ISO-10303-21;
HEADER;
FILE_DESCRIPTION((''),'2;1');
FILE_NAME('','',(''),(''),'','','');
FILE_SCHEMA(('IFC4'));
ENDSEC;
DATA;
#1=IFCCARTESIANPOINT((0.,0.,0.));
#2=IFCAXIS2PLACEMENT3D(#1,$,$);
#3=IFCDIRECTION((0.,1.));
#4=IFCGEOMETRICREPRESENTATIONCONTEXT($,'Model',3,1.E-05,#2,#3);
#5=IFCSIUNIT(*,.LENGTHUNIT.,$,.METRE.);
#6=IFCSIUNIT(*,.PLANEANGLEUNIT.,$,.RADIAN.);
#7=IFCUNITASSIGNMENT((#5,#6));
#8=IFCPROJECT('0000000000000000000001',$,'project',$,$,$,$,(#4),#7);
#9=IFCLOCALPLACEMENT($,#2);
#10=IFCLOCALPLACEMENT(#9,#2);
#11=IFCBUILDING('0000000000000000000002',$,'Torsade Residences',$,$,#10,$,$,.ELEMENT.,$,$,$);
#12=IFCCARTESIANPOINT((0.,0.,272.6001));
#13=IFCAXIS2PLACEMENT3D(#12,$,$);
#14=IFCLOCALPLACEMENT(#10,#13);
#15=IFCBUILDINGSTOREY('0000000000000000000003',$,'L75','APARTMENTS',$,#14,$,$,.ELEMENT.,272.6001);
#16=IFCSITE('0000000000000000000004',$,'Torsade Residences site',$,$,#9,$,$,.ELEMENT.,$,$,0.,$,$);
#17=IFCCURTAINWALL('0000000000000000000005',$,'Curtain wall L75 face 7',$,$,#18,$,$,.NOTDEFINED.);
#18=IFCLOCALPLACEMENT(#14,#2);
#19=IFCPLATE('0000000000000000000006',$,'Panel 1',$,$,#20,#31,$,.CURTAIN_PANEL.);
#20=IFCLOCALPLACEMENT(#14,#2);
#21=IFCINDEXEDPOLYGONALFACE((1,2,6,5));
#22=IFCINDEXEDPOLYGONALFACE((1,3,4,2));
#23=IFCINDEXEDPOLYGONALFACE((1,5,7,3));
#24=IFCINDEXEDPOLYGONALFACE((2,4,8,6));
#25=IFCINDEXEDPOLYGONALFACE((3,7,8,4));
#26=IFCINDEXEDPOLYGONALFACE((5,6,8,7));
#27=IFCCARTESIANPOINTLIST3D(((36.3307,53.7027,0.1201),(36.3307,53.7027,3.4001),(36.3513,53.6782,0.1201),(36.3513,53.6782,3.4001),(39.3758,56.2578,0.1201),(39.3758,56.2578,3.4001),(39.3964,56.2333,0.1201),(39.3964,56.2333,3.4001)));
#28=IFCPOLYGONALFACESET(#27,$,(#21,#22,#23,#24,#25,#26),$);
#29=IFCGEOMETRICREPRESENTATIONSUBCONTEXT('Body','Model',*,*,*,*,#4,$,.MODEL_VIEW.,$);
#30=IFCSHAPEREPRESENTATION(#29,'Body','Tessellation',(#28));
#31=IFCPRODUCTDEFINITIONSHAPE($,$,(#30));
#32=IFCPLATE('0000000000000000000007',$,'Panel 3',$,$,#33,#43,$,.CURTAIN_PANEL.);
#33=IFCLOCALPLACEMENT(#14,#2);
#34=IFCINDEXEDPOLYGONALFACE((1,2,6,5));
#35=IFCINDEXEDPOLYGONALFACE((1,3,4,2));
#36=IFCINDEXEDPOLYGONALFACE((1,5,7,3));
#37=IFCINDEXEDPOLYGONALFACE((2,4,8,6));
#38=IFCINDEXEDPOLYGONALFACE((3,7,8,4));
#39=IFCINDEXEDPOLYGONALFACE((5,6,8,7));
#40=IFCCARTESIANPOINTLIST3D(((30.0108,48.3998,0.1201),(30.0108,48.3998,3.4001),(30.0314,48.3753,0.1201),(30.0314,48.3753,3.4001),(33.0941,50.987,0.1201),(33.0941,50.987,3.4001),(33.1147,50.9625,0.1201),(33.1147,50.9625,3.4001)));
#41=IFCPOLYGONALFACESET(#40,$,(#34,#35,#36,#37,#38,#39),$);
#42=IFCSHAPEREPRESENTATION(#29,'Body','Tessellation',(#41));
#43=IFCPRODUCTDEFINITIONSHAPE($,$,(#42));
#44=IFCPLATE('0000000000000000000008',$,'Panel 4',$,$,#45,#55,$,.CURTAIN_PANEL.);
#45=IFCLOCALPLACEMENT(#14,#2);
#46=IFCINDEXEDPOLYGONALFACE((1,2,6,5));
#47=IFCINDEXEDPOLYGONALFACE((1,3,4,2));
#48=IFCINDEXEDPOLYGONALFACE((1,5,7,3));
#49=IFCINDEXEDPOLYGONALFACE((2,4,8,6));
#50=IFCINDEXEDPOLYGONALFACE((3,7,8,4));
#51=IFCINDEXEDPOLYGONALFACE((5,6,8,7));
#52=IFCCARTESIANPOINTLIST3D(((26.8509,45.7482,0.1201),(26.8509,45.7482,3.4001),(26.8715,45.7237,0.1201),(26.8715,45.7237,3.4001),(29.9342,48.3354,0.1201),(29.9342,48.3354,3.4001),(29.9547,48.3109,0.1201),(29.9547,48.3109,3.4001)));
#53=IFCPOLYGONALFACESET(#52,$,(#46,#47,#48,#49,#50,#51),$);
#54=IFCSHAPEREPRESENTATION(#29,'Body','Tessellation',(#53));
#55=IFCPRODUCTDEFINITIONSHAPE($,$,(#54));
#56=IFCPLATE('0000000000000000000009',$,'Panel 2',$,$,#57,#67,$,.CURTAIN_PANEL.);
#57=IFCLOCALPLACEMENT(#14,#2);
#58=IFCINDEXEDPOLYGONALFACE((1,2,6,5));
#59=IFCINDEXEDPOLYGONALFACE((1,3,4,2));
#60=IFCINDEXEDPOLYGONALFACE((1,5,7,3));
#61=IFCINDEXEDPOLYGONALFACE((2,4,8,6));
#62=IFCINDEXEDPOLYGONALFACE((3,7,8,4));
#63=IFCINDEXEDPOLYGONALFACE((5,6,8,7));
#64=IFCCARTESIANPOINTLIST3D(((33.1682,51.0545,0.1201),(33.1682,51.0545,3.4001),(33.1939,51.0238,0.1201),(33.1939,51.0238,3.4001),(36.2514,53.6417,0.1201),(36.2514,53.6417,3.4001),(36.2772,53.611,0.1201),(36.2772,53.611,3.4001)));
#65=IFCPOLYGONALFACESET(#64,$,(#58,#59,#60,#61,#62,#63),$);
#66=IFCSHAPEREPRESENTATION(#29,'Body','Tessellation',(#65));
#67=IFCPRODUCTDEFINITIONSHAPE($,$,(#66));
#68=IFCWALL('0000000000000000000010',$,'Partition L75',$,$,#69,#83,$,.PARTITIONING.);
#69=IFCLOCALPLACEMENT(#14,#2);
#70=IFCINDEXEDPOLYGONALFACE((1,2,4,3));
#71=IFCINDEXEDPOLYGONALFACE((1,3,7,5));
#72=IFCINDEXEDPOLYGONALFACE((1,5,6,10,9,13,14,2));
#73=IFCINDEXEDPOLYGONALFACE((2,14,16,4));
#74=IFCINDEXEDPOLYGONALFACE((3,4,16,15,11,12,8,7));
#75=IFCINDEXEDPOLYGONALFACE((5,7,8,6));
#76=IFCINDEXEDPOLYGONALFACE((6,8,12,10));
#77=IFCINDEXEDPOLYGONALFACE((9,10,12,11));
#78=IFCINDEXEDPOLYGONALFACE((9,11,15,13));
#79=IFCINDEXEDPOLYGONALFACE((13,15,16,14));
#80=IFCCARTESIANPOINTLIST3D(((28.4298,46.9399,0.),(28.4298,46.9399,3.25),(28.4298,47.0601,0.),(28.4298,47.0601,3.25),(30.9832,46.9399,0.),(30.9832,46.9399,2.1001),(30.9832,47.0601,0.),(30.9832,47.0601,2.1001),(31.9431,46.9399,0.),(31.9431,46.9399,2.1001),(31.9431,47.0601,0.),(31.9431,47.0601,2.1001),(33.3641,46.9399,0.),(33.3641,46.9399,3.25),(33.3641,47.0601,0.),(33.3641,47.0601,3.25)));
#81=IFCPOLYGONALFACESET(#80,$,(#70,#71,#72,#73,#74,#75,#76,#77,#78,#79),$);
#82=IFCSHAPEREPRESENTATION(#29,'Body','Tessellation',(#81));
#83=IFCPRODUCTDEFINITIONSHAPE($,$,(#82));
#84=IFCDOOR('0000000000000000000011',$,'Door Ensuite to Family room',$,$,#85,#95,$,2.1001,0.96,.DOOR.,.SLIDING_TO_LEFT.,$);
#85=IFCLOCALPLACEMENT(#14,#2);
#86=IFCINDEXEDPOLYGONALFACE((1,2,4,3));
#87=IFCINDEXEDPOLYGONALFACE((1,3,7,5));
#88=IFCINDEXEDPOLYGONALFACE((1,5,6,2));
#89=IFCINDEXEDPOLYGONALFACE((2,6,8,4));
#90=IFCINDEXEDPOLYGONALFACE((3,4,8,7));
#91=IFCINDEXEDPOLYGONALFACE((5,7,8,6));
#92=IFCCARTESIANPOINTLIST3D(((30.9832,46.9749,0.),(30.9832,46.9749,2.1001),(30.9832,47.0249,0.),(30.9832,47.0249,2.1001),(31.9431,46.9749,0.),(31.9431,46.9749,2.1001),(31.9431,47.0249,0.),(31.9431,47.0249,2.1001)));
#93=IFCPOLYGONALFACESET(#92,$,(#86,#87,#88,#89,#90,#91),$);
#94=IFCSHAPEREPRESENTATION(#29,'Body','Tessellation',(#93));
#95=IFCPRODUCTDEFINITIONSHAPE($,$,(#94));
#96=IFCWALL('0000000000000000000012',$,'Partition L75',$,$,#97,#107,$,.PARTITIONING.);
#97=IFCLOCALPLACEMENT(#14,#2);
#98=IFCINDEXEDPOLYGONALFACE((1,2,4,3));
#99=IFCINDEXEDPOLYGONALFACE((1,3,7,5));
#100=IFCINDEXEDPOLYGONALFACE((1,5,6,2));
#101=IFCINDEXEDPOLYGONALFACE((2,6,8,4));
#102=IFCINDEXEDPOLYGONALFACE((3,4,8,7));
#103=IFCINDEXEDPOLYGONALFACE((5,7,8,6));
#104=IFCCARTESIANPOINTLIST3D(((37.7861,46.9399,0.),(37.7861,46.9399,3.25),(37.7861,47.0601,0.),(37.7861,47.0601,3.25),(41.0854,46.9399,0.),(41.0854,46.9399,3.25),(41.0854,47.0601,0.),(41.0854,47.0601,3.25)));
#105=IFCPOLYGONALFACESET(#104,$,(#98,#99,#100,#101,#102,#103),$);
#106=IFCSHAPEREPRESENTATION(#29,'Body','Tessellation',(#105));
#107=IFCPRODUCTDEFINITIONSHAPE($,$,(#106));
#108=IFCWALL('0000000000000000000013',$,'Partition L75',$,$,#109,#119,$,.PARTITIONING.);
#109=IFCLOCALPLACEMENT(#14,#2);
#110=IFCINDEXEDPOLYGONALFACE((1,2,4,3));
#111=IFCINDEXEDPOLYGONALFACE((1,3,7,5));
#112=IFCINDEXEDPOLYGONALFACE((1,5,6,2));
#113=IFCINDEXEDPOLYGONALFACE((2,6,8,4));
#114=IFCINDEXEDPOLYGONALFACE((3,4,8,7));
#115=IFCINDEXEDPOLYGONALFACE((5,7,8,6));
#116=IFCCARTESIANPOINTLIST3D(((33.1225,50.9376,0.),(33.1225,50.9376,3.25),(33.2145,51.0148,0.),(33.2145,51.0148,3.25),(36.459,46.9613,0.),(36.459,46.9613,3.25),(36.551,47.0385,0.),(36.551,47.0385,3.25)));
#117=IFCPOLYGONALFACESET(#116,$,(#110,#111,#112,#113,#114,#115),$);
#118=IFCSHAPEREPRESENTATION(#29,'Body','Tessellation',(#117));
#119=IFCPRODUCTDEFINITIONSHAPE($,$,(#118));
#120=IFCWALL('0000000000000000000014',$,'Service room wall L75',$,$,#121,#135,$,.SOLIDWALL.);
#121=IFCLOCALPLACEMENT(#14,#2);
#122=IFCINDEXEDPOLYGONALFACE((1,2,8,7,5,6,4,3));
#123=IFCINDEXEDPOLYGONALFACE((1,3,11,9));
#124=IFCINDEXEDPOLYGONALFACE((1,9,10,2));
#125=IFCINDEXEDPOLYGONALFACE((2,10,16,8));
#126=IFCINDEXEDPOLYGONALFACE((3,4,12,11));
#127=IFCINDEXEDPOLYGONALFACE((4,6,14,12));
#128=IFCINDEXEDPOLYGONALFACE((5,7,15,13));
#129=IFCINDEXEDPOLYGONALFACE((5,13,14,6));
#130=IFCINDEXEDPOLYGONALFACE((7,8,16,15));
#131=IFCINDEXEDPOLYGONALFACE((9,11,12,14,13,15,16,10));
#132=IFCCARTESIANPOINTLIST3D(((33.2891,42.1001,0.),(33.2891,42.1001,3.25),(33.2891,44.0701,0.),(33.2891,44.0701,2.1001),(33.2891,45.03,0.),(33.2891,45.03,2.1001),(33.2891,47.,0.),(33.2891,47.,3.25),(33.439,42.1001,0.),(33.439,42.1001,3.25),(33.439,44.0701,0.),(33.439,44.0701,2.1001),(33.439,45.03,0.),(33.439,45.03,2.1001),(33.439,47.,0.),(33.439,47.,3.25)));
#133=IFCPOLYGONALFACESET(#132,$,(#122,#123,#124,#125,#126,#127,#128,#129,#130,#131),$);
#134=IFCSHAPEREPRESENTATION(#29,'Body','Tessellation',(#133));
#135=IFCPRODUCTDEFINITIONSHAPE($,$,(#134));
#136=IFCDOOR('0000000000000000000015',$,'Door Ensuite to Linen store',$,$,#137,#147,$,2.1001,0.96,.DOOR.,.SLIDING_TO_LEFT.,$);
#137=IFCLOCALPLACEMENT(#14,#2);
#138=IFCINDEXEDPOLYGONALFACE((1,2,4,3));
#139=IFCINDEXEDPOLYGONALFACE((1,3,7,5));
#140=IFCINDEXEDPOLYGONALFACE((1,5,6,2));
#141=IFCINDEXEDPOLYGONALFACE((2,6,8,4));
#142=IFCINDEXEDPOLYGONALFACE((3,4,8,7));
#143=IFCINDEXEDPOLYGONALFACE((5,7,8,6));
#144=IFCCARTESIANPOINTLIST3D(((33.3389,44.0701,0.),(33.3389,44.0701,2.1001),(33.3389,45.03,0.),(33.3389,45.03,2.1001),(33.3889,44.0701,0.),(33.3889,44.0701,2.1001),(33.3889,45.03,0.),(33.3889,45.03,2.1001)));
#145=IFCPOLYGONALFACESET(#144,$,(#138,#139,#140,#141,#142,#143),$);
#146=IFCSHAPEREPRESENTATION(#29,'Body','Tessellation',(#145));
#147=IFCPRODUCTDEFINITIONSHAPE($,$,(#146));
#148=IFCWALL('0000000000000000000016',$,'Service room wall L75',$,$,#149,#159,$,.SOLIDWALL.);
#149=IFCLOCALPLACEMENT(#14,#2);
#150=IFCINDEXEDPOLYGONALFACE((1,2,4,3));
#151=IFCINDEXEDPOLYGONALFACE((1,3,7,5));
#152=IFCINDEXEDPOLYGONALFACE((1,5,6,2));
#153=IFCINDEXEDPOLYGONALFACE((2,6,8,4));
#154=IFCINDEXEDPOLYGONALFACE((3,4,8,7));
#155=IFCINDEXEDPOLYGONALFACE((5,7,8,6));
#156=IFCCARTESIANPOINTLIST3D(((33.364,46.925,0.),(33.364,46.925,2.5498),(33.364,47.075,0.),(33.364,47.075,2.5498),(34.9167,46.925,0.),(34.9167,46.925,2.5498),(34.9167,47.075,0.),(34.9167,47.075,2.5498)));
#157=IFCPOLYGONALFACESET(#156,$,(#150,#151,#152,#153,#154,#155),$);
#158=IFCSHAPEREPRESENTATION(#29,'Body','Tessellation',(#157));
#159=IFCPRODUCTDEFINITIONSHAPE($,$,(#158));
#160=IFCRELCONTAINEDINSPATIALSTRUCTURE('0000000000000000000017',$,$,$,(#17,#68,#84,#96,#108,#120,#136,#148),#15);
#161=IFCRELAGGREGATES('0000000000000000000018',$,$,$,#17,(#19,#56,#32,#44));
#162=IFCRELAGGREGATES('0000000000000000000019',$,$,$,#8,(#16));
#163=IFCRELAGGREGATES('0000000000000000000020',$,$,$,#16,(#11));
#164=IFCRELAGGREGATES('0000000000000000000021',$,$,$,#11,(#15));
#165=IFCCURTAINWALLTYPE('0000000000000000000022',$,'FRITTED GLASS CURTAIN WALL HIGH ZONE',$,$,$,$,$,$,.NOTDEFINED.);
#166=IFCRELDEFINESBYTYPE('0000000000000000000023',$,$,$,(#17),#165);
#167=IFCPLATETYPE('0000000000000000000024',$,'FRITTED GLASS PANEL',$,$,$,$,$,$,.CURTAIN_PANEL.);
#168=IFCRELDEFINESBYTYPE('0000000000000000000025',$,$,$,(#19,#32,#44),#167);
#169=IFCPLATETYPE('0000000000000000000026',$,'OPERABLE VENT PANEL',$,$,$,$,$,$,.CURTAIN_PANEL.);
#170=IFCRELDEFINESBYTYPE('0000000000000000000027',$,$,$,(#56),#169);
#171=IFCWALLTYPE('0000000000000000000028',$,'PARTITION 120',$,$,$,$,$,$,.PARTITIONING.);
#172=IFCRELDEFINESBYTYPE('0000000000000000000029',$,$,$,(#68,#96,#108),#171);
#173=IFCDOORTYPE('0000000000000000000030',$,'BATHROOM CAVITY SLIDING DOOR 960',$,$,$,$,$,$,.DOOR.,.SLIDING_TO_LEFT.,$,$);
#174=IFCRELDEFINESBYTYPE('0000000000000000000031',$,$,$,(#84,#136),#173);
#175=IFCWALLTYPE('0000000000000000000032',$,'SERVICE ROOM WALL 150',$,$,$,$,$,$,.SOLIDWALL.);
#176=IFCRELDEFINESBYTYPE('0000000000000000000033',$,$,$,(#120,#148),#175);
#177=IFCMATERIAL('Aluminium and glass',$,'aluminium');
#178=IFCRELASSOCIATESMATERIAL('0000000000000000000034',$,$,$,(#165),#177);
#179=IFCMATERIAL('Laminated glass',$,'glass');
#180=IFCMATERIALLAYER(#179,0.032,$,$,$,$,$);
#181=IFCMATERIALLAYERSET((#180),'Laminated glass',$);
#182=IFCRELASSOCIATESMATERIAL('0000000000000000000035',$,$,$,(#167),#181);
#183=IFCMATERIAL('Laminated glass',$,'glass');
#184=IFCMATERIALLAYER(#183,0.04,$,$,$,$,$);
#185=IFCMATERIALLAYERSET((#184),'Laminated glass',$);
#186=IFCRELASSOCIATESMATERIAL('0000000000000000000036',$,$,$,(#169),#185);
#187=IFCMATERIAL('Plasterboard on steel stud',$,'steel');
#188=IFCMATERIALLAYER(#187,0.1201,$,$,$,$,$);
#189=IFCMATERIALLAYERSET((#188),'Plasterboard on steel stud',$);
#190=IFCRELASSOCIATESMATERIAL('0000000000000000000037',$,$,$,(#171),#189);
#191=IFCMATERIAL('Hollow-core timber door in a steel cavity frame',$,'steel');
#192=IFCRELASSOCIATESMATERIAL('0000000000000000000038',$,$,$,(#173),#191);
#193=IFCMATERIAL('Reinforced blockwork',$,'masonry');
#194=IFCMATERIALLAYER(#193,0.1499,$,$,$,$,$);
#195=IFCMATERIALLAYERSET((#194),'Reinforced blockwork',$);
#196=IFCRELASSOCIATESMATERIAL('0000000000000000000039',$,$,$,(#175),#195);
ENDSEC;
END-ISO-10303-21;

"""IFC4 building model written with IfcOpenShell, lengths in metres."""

from ifc_helpers import new_model, si_unit, direction, frame, frame_2d, origin, origin_2d, place, context, subcontext, project, spatial, rectangle, extrude, material, layer, layer_set, type_object, element, fill, aggregate, save


model = new_model("IFC4")

# Units and contexts
model_context = context("Model", 3, precision=1e-05, world=origin(), true_north=direction((0.0, 1.0)))
body_context = subcontext(model_context, "Body", "Model", "MODEL_VIEW")
ifc_project = project(units=[si_unit("LENGTHUNIT", "METRE"), si_unit("PLANEANGLEUNIT", "RADIAN")], contexts=[model_context])

# Site, building, storey
site_placement = place(None, origin())
site = spatial("IfcSite", under=ifc_project, at=site_placement, Name="Torsade Residences site", CompositionType="ELEMENT", RefElevation=0.0)
building_placement = place(site_placement, origin())
building = spatial("IfcBuilding", under=site, at=building_placement, Name="Torsade Residences", CompositionType="ELEMENT")
storey_placement = place(building_placement, frame((0.0, 0.0, 272.6001)))
storey = spatial("IfcBuildingStorey", under=building, at=storey_placement, Name="L75", Description="APARTMENTS", CompositionType="ELEMENT", Elevation=272.6001)

# Curtain wall
ifc_material_1 = material(Name="Aluminium and glass", Category="aluminium")
curtain_wall_type = type_object("IfcCurtainWallType", Name="FRITTED GLASS CURTAIN WALL HIGH ZONE", PredefinedType="NOTDEFINED", material=ifc_material_1)
curtain_wall_placement = place(storey_placement, origin())
curtain_wall = element("IfcCurtainWall", 1, at=curtain_wall_placement, inside=storey, type_object=curtain_wall_type, Name="Curtain wall L75 face 7", PredefinedType="NOTDEFINED")

# Plates
ifc_material_2 = material(Name="Laminated glass", Category="glass")
ifc_layer_1 = layer(ifc_material_2, 0.032)
ifc_layer_set_1 = layer_set([ifc_layer_1], Name="Laminated glass")
plate_type_1 = type_object("IfcPlateType", Name="FRITTED GLASS PANEL", PredefinedType="CURTAIN_PANEL", material=ifc_layer_set_1)
plate_1_placement = place(storey_placement, frame((37.8635, 54.968, 0.1201), z_axis=(0.0, 0.0, 1.0), x_axis=(-0.766044, -0.642788, 0.0)))
plate_1 = element("IfcPlate", 2, at=plate_1_placement, type_object=plate_type_1, Name="Panel 1", PredefinedType="CURTAIN_PANEL", context=body_context, shape_type="SweptSolid", body=[
    extrude(rectangle(XDim=3.9751, YDim=0.032, at=origin_2d()), origin(), (0.0, 0.0, 1.0), 3.28),
])
plate_2_placement = place(storey_placement, frame((31.5627, 49.6812, 0.1201), z_axis=(0.0, 0.0, 1.0), x_axis=(-0.766044, -0.642788, 0.0)))
plate_2 = element("IfcPlate", 3, at=plate_2_placement, type_object=plate_type_1, Name="Panel 3", PredefinedType="CURTAIN_PANEL", context=body_context, shape_type="SweptSolid", body=[
    extrude(rectangle(XDim=4.0249, YDim=0.032, at=origin_2d()), origin(), (0.0, 0.0, 1.0), 3.28),
])
plate_3_placement = place(storey_placement, frame((28.4028, 47.0295, 0.1201), z_axis=(0.0, 0.0, 1.0), x_axis=(-0.766044, -0.642788, 0.0)))
plate_3 = element("IfcPlate", 4, at=plate_3_placement, type_object=plate_type_1, Name="Panel 4", PredefinedType="CURTAIN_PANEL", context=body_context, shape_type="SweptSolid", body=[
    extrude(rectangle(XDim=4.0249, YDim=0.032, at=origin_2d()), origin(), (0.0, 0.0, 1.0), 3.28),
])
ifc_material_3 = material(Name="Laminated glass", Category="glass")
ifc_layer_2 = layer(ifc_material_3, 0.04)
ifc_layer_set_2 = layer_set([ifc_layer_2], Name="Laminated glass")
plate_type_2 = type_object("IfcPlateType", Name="OPERABLE VENT PANEL", PredefinedType="CURTAIN_PANEL", material=ifc_layer_set_2)
plate_4_placement = place(storey_placement, frame((34.7227, 52.3328, 0.1201), z_axis=(0.0, 0.0, 1.0), x_axis=(-0.766044, -0.642788, 0.0)))
plate_4 = element("IfcPlate", 5, at=plate_4_placement, type_object=plate_type_2, Name="Panel 2", PredefinedType="CURTAIN_PANEL", context=body_context, shape_type="SweptSolid", body=[
    extrude(rectangle(XDim=4.0249, YDim=0.04, at=origin_2d()), origin(), (0.0, 0.0, 1.0), 3.28),
])
aggregate(curtain_wall, [plate_1, plate_4, plate_2, plate_3])

# Wall, opening, door
ifc_material_4 = material(Name="Plasterboard on steel stud", Category="steel")
ifc_layer_3 = layer(ifc_material_4, 0.1201)
ifc_layer_set_3 = layer_set([ifc_layer_3], Name="Plasterboard on steel stud")
wall_type_1 = type_object("IfcWallType", Name="PARTITION 120", PredefinedType="PARTITIONING", material=ifc_layer_set_3)
wall_1_placement = place(storey_placement, frame((28.4297, 47.0, 0.0), z_axis=(0.0, 0.0, 1.0), x_axis=(1.0, 0.0, 0.0)))
wall_1 = element("IfcWall", 6, at=wall_1_placement, inside=storey, type_object=wall_type_1, Name="Partition L75", PredefinedType="PARTITIONING", context=body_context, shape_type="SweptSolid", body=[
    extrude(rectangle(XDim=4.9343, YDim=0.1201, at=frame_2d((2.4673, 0.0))), origin(), (0.0, 0.0, 1.0), 3.25),
])
opening_1_placement = place(wall_1_placement, frame((2.5535, 0.0, 0.0)))
opening_1 = element("IfcOpeningElement", 7, at=opening_1_placement, cuts=wall_1, PredefinedType="OPENING", context=body_context, shape_type="SweptSolid", body=[
    extrude(rectangle(XDim=0.96, YDim=2.1001, at=frame_2d((0.48, 1.05))), frame((0.0, 0.0701, 0.0), z_axis=(0.0, -1.0, 0.0), x_axis=(1.0, 0.0, 0.0)), (0.0, 0.0, 1.0), 0.1401),
])
ifc_material_5 = material(Name="Hollow-core timber door in a steel cavity frame", Category="steel")
door_type_1 = type_object("IfcDoorType", Name="BATHROOM CAVITY SLIDING DOOR 960", OperationType="SLIDING_TO_LEFT", PredefinedType="DOOR", material=ifc_material_5)
door_1_placement = place(opening_1_placement, origin())
door_1 = element("IfcDoor", 8, at=door_1_placement, inside=storey, type_object=door_type_1, Name="Door Ensuite to Family room", OperationType="SLIDING_TO_LEFT", OverallHeight=2.1001, OverallWidth=0.96, PredefinedType="DOOR", context=body_context, shape_type="SweptSolid", body=[
    extrude(rectangle(XDim=0.96, YDim=2.1001, at=frame_2d((0.48, 1.05))), frame((0.0, 0.0249, 0.0), z_axis=(0.0, -1.0, 0.0), x_axis=(1.0, 0.0, 0.0)), (0.0, 0.0, 1.0), 0.05),
])
fill(opening_1, door_1)

# Walls
wall_2_placement = place(storey_placement, frame((37.7861, 47.0, 0.0), z_axis=(0.0, 0.0, 1.0), x_axis=(1.0, 0.0, 0.0)))
element("IfcWall", 9, at=wall_2_placement, inside=storey, type_object=wall_type_1, Name="Partition L75", PredefinedType="PARTITIONING", context=body_context, shape_type="SweptSolid", body=[
    extrude(rectangle(XDim=3.2993, YDim=0.1201, at=frame_2d((1.6497, 0.0))), origin(), (0.0, 0.0, 1.0), 3.25),
])
wall_3_placement = place(storey_placement, frame((36.5049, 47.0, 0.0), z_axis=(0.0, 0.0, 1.0), x_axis=(-0.642776, 0.766054, 0.0)))
element("IfcWall", 10, at=wall_3_placement, inside=storey, type_object=wall_type_1, Name="Partition L75", PredefinedType="PARTITIONING", context=body_context, shape_type="SweptSolid", body=[
    extrude(rectangle(XDim=5.1907, YDim=0.1201, at=frame_2d((2.5952, 0.0))), origin(), (0.0, 0.0, 1.0), 3.25),
])

# Wall, opening, door
ifc_material_6 = material(Name="Reinforced blockwork", Category="masonry")
ifc_layer_4 = layer(ifc_material_6, 0.1499)
ifc_layer_set_4 = layer_set([ifc_layer_4], Name="Reinforced blockwork")
wall_type_2 = type_object("IfcWallType", Name="SERVICE ROOM WALL 150", PredefinedType="SOLIDWALL", material=ifc_layer_set_4)
wall_4_placement = place(storey_placement, frame((33.364, 47.0, 0.0), z_axis=(0.0, 0.0, 1.0), x_axis=(0.0, -1.0, 0.0)))
wall_4 = element("IfcWall", 11, at=wall_4_placement, inside=storey, type_object=wall_type_2, Name="Service room wall L75", PredefinedType="SOLIDWALL", context=body_context, shape_type="SweptSolid", body=[
    extrude(rectangle(XDim=4.8999, YDim=0.1499, at=frame_2d((2.45, 0.0))), origin(), (0.0, 0.0, 1.0), 3.25),
])
opening_2_placement = place(wall_4_placement, frame((1.97, 0.0, 0.0)))
opening_2 = element("IfcOpeningElement", 12, at=opening_2_placement, cuts=wall_4, PredefinedType="OPENING", context=body_context, shape_type="SweptSolid", body=[
    extrude(rectangle(XDim=0.96, YDim=2.1001, at=frame_2d((0.48, 1.05))), frame((0.0, 0.085, 0.0), z_axis=(0.0, -1.0, 0.0), x_axis=(1.0, 0.0, 0.0)), (0.0, 0.0, 1.0), 0.1699),
])
door_2_placement = place(opening_2_placement, origin())
door_2 = element("IfcDoor", 13, at=door_2_placement, inside=storey, type_object=door_type_1, Name="Door Ensuite to Linen store", OperationType="SLIDING_TO_LEFT", OverallHeight=2.1001, OverallWidth=0.96, PredefinedType="DOOR", context=body_context, shape_type="SweptSolid", body=[
    extrude(rectangle(XDim=0.96, YDim=2.1001, at=frame_2d((0.48, 1.05))), frame((0.0, 0.0249, 0.0), z_axis=(0.0, -1.0, 0.0), x_axis=(1.0, 0.0, 0.0)), (0.0, 0.0, 1.0), 0.05),
])
fill(opening_2, door_2)

# Wall
wall_5_placement = place(storey_placement, frame((33.364, 47.0, 0.0), z_axis=(0.0, 0.0, 1.0), x_axis=(1.0, 0.0, 0.0)))
element("IfcWall", 14, at=wall_5_placement, inside=storey, type_object=wall_type_2, Name="Service room wall L75", PredefinedType="SOLIDWALL", context=body_context, shape_type="SweptSolid", body=[
    extrude(rectangle(XDim=1.5527, YDim=0.1499, at=frame_2d((0.7764, 0.0))), origin(), (0.0, 0.0, 1.0), 2.5498),
])

save(model, "model.ifc")
